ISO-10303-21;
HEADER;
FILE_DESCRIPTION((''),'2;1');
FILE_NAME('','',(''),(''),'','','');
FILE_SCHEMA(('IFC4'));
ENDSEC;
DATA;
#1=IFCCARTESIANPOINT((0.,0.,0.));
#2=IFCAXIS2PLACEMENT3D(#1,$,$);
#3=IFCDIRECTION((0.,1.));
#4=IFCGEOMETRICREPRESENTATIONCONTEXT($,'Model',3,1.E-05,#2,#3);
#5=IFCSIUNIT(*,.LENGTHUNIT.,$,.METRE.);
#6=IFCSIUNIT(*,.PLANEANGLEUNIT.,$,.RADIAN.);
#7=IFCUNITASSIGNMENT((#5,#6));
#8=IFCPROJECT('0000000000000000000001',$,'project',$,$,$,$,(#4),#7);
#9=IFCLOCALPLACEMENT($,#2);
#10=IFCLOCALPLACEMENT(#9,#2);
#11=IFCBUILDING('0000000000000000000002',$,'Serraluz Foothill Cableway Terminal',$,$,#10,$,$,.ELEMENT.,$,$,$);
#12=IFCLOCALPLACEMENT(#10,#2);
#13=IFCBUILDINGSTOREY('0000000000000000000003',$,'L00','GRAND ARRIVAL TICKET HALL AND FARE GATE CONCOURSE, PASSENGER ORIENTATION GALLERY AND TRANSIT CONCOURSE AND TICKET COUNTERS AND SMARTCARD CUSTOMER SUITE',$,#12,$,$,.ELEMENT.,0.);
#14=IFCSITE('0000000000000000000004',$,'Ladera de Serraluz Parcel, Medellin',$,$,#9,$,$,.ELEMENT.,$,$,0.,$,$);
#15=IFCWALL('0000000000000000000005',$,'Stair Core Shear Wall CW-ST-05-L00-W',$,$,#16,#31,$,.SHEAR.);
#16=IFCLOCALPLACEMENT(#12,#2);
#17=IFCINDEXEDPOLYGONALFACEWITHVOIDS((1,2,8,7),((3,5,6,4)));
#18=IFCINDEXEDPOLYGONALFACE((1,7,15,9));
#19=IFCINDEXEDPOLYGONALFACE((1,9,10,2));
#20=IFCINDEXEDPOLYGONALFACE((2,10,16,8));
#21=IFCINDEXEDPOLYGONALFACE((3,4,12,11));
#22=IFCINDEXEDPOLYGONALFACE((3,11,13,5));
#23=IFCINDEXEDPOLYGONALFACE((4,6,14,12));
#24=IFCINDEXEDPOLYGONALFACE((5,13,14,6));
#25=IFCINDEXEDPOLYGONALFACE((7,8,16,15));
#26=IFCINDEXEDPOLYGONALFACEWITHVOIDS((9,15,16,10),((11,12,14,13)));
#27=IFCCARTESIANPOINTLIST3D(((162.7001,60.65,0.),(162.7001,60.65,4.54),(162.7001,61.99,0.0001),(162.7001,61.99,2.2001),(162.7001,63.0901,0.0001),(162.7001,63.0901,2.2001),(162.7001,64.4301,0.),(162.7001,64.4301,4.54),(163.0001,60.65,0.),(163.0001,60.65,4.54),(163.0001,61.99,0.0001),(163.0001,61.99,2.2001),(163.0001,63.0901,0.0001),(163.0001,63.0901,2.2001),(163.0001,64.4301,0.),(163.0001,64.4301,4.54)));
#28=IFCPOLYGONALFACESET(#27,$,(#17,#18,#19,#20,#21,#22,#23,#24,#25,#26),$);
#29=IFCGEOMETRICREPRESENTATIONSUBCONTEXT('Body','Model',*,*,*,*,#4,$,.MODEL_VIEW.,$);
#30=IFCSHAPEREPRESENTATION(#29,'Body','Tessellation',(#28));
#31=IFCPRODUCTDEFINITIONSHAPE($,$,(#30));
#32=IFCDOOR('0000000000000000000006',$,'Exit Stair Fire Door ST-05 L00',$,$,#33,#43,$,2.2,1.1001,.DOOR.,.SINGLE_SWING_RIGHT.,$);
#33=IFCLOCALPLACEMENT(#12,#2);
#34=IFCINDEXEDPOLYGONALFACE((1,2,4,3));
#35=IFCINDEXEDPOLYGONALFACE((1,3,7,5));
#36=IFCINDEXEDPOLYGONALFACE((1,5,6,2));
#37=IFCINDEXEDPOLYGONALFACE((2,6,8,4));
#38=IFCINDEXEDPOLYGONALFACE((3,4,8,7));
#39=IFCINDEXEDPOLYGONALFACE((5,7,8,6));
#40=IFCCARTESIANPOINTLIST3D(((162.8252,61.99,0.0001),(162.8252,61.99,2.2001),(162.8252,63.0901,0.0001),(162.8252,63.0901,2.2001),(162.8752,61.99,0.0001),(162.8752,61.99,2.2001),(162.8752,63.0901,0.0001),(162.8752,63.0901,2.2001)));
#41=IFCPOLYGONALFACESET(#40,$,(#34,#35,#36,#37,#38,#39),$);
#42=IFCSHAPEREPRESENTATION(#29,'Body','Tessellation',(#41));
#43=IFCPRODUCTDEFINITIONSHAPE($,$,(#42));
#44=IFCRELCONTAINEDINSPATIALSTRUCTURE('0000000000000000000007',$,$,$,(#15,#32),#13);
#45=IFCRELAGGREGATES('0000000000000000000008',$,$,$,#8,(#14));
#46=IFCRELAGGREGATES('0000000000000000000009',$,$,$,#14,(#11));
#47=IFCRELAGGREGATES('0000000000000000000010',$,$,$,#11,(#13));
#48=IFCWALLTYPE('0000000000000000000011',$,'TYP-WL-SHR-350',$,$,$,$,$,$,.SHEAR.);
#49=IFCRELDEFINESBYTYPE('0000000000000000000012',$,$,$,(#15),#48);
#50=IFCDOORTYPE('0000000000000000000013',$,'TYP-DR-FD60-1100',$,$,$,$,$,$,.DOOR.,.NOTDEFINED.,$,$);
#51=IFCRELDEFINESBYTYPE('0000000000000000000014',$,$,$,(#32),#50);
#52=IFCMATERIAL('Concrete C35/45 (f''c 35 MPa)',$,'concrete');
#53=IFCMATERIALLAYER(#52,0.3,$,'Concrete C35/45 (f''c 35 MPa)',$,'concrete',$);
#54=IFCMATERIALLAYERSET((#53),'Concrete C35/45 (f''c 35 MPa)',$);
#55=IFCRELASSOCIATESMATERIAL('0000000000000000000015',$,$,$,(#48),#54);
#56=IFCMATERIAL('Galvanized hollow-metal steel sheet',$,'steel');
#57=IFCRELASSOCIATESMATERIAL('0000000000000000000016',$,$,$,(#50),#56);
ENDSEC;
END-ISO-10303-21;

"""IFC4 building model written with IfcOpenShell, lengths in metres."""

from ifc_helpers import new_model, si_unit, direction, frame, frame_2d, origin, place, context, subcontext, project, spatial, rectangle, extrude, material, layer, layer_set, type_object, element, fill, save


model = new_model("IFC4")

# Units and contexts
model_context = context("Model", 3, precision=1e-05, world=origin(), true_north=direction((0.0, 1.0)))
body_context = subcontext(model_context, "Body", "Model", "MODEL_VIEW")
ifc_project = project(units=[si_unit("LENGTHUNIT", "METRE"), si_unit("PLANEANGLEUNIT", "RADIAN")], contexts=[model_context])

# Site, building, storey
site_placement = place(None, origin())
site = spatial("IfcSite", under=ifc_project, at=site_placement, Name="Ladera de Serraluz Parcel, Medellin", CompositionType="ELEMENT", RefElevation=0.0)
building_placement = place(site_placement, origin())
building = spatial("IfcBuilding", under=site, at=building_placement, Name="Serraluz Foothill Cableway Terminal", CompositionType="ELEMENT")
storey_placement = place(building_placement, origin())
storey = spatial("IfcBuildingStorey", under=building, at=storey_placement, Name="L00", Description="GRAND ARRIVAL TICKET HALL AND FARE GATE CONCOURSE, PASSENGER ORIENTATION GALLERY AND TRANSIT CONCOURSE AND TICKET COUNTERS AND SMARTCARD CUSTOMER SUITE", CompositionType="ELEMENT", Elevation=0.0)

# Shared definitions
ifc_material_1 = material(Name="Concrete C35/45 (f'c 35 MPa)", Category="concrete")

# Wall, opening, door
ifc_layer_1 = layer(ifc_material_1, 0.3, Name="Concrete C35/45 (f'c 35 MPa)", Category="concrete")
ifc_layer_set_1 = layer_set([ifc_layer_1], Name="Concrete C35/45 (f'c 35 MPa)")
wall_type_1 = type_object("IfcWallType", Name="TYP-WL-SHR-350", PredefinedType="SHEAR", material=ifc_layer_set_1)
wall_1_placement = place(storey_placement, frame((162.8501, 60.6499, 0.0), z_axis=(0.0, 0.0, 1.0), x_axis=(0.0, 1.0, 0.0)))
wall_1 = element("IfcWall", 1, at=wall_1_placement, inside=storey, type_object=wall_type_1, Name="Stair Core Shear Wall CW-ST-05-L00-W", PredefinedType="SHEAR", context=body_context, shape_type="SweptSolid", body=[
    extrude(rectangle(XDim=3.78, YDim=0.3, at=frame_2d((1.8901, 0.0))), origin(), (0.0, 0.0, 1.0), 4.54),
])
opening_1_placement = place(wall_1_placement, frame((1.3401, 0.0, 0.0)))
opening_1 = element("IfcOpeningElement", 2, at=opening_1_placement, cuts=wall_1, PredefinedType="OPENING", context=body_context, shape_type="SweptSolid", body=[
    extrude(rectangle(XDim=1.1001, YDim=2.2, at=frame_2d((0.55, 1.1001))), frame((0.0, 0.1602, 0.0), z_axis=(0.0, -1.0, 0.0), x_axis=(1.0, 0.0, 0.0)), (0.0, 0.0, 1.0), 0.3201),
])
ifc_material_2 = material(Name="Galvanized hollow-metal steel sheet", Category="steel")
door_type_1 = type_object("IfcDoorType", Name="TYP-DR-FD60-1100", OperationType="NOTDEFINED", PredefinedType="DOOR", material=ifc_material_2)
door_1_placement = place(opening_1_placement, origin())
door_1 = element("IfcDoor", 3, at=door_1_placement, inside=storey, type_object=door_type_1, Name="Exit Stair Fire Door ST-05 L00", OperationType="SINGLE_SWING_RIGHT", OverallHeight=2.2, OverallWidth=1.1001, PredefinedType="DOOR", context=body_context, shape_type="SweptSolid", body=[
    extrude(rectangle(XDim=1.1001, YDim=2.2, at=frame_2d((0.55, 1.1001))), frame((0.0, 0.0249, 0.0), z_axis=(0.0, -1.0, 0.0), x_axis=(1.0, 0.0, 0.0)), (0.0, 0.0, 1.0), 0.05),
])
fill(opening_1, door_1)

save(model, "model.ifc")
